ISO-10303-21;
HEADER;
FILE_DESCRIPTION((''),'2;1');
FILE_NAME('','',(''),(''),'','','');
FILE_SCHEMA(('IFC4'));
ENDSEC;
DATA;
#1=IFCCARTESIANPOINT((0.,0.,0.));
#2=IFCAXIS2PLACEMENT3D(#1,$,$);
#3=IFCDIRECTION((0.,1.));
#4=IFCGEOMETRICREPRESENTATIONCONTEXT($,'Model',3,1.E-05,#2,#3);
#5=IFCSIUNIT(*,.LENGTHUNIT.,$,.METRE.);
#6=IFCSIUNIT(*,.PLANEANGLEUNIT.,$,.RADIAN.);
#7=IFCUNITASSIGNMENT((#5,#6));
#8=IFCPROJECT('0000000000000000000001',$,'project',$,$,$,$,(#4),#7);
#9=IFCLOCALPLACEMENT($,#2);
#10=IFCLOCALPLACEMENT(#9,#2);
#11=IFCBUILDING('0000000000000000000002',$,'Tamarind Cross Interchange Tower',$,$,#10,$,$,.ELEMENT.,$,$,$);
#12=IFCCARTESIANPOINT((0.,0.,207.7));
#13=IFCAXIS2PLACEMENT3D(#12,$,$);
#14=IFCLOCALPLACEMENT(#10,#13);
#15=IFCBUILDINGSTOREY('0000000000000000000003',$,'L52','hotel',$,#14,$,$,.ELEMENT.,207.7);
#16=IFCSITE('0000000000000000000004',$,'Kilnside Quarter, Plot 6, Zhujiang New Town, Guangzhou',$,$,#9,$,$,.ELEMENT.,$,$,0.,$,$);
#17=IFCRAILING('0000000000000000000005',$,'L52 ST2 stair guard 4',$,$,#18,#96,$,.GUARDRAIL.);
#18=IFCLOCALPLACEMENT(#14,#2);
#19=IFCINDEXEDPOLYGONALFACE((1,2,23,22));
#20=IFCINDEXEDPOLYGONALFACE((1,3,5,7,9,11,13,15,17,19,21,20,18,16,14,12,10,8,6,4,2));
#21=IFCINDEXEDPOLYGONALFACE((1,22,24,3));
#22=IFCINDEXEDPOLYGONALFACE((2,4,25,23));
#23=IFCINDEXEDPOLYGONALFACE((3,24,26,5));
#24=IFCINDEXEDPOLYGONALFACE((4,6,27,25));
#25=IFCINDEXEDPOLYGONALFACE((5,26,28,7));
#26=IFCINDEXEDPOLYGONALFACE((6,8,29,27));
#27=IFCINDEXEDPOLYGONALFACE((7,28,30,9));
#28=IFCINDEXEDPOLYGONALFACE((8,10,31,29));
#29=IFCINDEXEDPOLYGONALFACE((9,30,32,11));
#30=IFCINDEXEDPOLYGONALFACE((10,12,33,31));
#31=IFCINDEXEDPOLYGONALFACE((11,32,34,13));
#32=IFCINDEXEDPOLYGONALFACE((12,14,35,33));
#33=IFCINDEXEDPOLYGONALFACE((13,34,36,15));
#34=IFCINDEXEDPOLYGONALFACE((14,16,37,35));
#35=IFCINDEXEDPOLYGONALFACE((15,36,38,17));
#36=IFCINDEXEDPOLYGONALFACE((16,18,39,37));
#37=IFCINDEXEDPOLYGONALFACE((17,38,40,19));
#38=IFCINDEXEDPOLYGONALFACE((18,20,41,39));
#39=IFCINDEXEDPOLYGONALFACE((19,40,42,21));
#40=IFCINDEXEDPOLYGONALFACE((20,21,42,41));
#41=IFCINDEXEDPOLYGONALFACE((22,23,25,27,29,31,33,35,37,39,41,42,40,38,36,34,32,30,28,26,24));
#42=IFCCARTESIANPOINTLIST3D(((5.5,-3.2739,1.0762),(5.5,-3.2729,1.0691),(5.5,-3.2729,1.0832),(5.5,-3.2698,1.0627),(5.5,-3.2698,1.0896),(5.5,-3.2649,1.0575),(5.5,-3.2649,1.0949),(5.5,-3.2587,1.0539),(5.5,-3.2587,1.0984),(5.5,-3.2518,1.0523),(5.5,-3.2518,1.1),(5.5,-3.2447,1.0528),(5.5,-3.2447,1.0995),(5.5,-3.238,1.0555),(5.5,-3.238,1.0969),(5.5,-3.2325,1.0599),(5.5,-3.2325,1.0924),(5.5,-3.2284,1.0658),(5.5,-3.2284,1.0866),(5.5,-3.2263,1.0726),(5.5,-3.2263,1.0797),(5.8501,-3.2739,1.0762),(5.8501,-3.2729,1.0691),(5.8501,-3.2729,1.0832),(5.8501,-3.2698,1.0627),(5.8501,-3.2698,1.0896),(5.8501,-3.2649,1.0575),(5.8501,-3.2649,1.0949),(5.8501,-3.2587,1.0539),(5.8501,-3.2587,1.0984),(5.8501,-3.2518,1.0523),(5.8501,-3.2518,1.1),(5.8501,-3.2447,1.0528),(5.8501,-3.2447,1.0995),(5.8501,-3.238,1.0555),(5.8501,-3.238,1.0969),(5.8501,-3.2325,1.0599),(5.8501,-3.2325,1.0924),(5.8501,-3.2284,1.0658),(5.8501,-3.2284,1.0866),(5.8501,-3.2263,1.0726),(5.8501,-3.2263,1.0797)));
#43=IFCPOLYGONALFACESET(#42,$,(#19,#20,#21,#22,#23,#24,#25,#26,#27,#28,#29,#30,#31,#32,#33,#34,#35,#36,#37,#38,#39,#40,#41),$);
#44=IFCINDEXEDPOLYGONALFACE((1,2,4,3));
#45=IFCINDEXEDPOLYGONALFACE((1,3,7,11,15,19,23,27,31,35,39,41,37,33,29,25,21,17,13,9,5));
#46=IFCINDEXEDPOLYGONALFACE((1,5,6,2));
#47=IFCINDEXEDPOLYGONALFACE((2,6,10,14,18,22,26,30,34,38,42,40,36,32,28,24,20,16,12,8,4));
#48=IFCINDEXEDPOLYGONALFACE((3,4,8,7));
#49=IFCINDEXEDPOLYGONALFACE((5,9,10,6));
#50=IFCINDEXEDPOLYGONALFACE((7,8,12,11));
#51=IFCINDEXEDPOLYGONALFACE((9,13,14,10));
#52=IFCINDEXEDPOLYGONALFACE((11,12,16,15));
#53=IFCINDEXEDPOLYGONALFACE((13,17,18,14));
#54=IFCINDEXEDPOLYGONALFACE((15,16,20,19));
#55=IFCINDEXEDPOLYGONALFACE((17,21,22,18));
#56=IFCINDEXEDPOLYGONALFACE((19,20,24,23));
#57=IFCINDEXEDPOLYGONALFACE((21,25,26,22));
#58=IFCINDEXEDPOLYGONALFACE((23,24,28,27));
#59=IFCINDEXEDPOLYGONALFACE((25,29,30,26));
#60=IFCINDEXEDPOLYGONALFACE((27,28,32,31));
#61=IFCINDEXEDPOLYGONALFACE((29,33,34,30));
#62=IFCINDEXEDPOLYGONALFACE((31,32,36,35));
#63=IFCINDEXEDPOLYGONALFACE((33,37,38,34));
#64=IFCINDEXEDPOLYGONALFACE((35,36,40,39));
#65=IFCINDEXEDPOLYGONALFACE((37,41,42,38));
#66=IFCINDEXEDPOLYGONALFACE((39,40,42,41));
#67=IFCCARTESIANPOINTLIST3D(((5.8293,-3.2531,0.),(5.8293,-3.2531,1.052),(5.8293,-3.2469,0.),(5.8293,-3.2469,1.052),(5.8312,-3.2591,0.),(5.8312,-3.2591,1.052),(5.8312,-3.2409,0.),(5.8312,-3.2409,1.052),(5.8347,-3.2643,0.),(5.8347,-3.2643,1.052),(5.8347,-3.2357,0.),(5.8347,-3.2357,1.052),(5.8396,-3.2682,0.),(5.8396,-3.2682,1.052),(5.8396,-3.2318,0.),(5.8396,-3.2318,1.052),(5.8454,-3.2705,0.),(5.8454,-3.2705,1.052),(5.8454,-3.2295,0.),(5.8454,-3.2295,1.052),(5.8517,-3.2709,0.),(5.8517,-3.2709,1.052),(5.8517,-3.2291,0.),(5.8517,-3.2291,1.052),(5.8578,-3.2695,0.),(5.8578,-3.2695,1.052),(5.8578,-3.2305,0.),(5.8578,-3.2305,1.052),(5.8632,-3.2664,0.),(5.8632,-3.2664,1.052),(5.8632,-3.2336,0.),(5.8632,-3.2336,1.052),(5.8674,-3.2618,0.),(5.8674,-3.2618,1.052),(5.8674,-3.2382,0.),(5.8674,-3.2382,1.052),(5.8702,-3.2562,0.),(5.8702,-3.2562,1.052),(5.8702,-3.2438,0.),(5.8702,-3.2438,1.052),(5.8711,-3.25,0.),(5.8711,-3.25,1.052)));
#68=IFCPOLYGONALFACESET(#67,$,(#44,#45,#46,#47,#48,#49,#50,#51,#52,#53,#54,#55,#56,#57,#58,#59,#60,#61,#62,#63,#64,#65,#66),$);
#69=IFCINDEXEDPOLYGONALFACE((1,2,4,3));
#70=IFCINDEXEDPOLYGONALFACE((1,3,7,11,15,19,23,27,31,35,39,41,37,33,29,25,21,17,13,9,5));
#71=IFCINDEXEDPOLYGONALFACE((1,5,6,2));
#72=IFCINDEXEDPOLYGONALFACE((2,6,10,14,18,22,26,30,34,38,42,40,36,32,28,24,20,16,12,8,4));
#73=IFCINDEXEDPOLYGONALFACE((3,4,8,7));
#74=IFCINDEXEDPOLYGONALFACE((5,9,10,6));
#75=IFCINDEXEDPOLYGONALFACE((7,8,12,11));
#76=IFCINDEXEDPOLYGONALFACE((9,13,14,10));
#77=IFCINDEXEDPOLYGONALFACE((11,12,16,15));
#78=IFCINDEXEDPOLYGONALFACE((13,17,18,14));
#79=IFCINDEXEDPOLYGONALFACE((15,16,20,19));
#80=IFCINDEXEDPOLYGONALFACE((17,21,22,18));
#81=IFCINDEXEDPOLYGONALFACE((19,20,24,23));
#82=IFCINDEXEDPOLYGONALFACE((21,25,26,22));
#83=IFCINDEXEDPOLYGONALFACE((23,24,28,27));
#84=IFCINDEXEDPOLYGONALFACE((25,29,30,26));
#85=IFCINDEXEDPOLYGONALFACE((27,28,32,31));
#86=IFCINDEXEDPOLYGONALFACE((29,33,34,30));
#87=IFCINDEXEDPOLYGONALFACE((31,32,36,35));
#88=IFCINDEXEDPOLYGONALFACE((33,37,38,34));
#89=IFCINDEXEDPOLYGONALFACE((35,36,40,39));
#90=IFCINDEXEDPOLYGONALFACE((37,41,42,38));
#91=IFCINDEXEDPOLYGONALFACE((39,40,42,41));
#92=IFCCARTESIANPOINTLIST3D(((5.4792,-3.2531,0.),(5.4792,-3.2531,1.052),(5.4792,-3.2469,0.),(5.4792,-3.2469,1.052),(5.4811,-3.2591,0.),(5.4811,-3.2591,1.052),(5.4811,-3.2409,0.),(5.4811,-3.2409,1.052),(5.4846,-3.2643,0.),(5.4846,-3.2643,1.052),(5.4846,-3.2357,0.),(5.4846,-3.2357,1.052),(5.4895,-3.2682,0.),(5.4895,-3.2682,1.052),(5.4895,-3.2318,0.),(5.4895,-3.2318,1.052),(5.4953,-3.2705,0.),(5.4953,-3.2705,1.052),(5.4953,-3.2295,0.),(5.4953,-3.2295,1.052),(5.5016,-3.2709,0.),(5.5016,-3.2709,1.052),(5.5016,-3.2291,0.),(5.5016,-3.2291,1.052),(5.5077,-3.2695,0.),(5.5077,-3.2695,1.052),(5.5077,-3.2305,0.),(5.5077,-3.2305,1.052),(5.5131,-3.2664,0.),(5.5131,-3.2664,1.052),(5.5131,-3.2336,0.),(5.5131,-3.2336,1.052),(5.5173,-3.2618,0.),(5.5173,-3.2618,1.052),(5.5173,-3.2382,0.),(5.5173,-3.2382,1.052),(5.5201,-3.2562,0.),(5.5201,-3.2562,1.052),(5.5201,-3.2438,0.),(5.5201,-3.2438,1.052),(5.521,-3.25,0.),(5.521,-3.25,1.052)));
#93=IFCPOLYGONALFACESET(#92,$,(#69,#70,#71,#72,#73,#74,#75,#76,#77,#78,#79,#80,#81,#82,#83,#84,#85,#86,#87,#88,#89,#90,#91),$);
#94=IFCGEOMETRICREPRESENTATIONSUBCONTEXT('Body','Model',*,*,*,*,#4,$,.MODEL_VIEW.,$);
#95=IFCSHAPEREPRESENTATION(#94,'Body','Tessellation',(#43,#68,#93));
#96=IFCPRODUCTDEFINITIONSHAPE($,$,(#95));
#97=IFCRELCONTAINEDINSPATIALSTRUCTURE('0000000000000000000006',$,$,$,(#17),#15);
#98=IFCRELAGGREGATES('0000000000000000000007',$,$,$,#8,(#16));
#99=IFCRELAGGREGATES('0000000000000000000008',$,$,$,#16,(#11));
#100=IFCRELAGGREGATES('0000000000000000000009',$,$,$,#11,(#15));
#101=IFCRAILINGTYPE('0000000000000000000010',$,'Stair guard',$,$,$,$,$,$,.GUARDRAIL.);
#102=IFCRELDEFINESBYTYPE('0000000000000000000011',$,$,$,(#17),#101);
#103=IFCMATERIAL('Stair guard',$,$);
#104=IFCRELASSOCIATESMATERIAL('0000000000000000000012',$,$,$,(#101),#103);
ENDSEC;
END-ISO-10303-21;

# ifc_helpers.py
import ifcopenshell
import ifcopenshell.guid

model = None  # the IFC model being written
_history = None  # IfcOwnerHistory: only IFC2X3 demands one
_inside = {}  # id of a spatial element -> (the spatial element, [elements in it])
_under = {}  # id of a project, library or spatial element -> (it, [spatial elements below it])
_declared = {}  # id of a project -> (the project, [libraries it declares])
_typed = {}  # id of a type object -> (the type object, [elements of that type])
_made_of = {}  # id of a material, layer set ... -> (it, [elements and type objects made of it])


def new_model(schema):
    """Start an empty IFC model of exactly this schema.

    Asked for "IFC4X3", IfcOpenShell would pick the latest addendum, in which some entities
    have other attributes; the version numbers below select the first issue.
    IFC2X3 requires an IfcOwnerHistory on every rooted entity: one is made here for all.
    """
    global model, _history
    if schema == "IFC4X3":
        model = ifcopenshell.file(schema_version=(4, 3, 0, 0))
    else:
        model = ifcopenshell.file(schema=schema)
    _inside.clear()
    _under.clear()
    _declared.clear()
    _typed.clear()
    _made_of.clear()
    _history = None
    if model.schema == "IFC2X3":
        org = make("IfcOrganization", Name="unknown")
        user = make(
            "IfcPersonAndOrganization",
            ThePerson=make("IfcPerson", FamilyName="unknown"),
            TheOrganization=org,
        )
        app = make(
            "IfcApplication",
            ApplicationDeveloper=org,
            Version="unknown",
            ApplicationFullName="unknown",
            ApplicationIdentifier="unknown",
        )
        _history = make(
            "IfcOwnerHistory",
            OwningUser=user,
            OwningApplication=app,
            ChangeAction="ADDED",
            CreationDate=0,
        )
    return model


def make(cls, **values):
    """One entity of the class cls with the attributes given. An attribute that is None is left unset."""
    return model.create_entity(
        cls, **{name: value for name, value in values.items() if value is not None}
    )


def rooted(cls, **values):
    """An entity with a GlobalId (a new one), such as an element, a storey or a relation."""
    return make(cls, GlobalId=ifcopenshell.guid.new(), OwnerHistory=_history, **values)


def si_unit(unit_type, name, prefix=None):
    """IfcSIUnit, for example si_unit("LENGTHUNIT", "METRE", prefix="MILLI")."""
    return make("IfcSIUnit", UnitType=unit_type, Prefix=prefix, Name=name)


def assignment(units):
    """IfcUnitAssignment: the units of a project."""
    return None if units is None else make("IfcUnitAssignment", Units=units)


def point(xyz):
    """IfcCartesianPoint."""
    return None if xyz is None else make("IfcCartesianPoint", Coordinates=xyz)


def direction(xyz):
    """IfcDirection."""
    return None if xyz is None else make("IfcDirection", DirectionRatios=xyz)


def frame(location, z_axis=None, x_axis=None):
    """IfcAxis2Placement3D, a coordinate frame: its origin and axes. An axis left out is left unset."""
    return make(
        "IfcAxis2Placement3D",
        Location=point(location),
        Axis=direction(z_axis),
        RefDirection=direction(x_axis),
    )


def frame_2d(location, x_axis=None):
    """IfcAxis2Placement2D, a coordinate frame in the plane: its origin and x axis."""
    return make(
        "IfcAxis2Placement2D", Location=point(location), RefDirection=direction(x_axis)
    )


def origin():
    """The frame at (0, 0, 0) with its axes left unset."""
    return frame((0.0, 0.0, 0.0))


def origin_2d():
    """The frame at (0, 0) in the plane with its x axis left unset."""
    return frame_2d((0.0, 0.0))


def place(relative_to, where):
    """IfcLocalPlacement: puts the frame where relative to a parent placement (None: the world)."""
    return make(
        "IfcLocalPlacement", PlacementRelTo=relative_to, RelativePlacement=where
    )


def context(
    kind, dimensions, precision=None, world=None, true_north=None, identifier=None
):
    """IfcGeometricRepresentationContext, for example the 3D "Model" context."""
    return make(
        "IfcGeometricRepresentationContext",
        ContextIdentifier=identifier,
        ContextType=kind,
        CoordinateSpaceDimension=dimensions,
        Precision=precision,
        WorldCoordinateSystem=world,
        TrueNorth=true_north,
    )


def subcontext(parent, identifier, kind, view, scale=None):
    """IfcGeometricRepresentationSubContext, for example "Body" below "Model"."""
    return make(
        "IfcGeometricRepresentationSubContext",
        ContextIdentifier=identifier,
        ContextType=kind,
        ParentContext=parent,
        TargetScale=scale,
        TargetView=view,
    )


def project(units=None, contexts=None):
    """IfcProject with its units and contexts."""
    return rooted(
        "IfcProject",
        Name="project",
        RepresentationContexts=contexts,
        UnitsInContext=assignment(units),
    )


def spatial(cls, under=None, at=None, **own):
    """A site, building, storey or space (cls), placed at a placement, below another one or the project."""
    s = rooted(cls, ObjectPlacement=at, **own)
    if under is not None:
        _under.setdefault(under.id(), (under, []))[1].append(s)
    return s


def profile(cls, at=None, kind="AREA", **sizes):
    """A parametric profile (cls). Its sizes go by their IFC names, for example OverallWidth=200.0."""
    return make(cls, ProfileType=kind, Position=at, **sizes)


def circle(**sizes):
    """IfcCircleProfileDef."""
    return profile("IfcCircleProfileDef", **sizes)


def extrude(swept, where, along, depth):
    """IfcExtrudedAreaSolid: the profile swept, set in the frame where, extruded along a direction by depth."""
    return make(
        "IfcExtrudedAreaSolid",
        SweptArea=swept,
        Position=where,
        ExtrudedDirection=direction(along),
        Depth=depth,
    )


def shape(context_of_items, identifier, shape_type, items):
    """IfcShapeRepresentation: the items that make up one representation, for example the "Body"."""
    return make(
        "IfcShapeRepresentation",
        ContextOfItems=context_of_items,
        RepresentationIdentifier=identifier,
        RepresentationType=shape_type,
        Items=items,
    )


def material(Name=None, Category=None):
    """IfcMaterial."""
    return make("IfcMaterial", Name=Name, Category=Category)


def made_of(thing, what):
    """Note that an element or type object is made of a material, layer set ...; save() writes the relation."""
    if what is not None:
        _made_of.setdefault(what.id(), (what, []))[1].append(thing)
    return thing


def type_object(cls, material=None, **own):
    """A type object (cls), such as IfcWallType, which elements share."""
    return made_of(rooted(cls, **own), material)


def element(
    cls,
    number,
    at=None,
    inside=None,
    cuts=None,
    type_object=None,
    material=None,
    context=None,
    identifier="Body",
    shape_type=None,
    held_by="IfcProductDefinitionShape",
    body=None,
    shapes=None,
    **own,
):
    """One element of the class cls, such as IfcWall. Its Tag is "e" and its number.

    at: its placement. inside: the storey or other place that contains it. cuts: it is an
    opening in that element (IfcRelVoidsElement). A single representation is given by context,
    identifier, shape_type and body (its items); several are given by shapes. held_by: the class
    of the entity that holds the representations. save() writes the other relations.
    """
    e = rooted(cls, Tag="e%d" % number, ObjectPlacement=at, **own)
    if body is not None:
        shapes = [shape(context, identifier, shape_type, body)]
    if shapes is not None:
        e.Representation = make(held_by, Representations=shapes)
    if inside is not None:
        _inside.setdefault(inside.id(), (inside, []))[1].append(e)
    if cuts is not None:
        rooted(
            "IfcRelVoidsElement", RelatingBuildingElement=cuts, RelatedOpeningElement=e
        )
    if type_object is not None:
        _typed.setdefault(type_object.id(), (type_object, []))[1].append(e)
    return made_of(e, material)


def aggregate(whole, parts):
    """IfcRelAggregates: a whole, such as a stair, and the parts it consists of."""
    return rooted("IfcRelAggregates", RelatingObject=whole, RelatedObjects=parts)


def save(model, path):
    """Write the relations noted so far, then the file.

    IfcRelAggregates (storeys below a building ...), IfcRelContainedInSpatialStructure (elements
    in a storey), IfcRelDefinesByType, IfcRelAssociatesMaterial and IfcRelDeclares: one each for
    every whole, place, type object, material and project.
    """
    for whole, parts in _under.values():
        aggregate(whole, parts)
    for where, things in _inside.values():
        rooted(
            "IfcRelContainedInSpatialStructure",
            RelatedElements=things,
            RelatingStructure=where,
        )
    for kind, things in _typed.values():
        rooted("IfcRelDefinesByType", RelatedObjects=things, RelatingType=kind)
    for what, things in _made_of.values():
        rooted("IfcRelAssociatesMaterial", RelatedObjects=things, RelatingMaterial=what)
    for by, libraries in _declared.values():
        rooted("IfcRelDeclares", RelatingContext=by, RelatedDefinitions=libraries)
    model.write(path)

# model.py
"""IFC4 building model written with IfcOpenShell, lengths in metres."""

from ifc_helpers import new_model, si_unit, direction, frame, origin, origin_2d, place, context, subcontext, project, spatial, circle, extrude, material, type_object, element, save


model = new_model("IFC4")

# Units and contexts
model_context = context("Model", 3, precision=1e-05, world=origin(), true_north=direction((0.0, 1.0)))
body_context = subcontext(model_context, "Body", "Model", "MODEL_VIEW")
ifc_project = project(units=[si_unit("LENGTHUNIT", "METRE"), si_unit("PLANEANGLEUNIT", "RADIAN")], contexts=[model_context])

# Site, building, storey
site_placement = place(None, origin())
site = spatial("IfcSite", under=ifc_project, at=site_placement, Name="Kilnside Quarter, Plot 6, Zhujiang New Town, Guangzhou", CompositionType="ELEMENT", RefElevation=0.0)
building_placement = place(site_placement, origin())
building = spatial("IfcBuilding", under=site, at=building_placement, Name="Tamarind Cross Interchange Tower", CompositionType="ELEMENT")
storey_placement = place(building_placement, frame((0.0, 0.0, 207.7)))
storey = spatial("IfcBuildingStorey", under=building, at=storey_placement, Name="L52", Description="hotel", CompositionType="ELEMENT", Elevation=207.7)

# Railing
ifc_material_1 = material(Name="Stair guard")
railing_type_1 = type_object("IfcRailingType", Name="Stair guard", PredefinedType="GUARDRAIL", material=ifc_material_1)
railing_1_placement = place(storey_placement, frame((5.8501, -3.25, 0.0)))
element("IfcRailing", 1, at=railing_1_placement, inside=storey, type_object=railing_type_1, Name="L52 ST2 stair guard 4", PredefinedType="GUARDRAIL", context=body_context, shape_type="SweptSolid", body=[
    extrude(circle(Radius=0.0239, at=origin_2d()), frame((0.0, 0.0, 1.0762), z_axis=(-1.0, 0.0, 0.0), x_axis=(0.0, -1.0, 0.0)), (0.0, 0.0, 1.0), 0.3501),
    extrude(circle(Radius=0.021, at=origin_2d()), origin(), (0.0, 0.0, 1.0), 1.052),
    extrude(circle(Radius=0.021, at=origin_2d()), frame((-0.3501, 0.0, 0.0)), (0.0, 0.0, 1.0), 1.052),
])

save(model, "model.ifc")
